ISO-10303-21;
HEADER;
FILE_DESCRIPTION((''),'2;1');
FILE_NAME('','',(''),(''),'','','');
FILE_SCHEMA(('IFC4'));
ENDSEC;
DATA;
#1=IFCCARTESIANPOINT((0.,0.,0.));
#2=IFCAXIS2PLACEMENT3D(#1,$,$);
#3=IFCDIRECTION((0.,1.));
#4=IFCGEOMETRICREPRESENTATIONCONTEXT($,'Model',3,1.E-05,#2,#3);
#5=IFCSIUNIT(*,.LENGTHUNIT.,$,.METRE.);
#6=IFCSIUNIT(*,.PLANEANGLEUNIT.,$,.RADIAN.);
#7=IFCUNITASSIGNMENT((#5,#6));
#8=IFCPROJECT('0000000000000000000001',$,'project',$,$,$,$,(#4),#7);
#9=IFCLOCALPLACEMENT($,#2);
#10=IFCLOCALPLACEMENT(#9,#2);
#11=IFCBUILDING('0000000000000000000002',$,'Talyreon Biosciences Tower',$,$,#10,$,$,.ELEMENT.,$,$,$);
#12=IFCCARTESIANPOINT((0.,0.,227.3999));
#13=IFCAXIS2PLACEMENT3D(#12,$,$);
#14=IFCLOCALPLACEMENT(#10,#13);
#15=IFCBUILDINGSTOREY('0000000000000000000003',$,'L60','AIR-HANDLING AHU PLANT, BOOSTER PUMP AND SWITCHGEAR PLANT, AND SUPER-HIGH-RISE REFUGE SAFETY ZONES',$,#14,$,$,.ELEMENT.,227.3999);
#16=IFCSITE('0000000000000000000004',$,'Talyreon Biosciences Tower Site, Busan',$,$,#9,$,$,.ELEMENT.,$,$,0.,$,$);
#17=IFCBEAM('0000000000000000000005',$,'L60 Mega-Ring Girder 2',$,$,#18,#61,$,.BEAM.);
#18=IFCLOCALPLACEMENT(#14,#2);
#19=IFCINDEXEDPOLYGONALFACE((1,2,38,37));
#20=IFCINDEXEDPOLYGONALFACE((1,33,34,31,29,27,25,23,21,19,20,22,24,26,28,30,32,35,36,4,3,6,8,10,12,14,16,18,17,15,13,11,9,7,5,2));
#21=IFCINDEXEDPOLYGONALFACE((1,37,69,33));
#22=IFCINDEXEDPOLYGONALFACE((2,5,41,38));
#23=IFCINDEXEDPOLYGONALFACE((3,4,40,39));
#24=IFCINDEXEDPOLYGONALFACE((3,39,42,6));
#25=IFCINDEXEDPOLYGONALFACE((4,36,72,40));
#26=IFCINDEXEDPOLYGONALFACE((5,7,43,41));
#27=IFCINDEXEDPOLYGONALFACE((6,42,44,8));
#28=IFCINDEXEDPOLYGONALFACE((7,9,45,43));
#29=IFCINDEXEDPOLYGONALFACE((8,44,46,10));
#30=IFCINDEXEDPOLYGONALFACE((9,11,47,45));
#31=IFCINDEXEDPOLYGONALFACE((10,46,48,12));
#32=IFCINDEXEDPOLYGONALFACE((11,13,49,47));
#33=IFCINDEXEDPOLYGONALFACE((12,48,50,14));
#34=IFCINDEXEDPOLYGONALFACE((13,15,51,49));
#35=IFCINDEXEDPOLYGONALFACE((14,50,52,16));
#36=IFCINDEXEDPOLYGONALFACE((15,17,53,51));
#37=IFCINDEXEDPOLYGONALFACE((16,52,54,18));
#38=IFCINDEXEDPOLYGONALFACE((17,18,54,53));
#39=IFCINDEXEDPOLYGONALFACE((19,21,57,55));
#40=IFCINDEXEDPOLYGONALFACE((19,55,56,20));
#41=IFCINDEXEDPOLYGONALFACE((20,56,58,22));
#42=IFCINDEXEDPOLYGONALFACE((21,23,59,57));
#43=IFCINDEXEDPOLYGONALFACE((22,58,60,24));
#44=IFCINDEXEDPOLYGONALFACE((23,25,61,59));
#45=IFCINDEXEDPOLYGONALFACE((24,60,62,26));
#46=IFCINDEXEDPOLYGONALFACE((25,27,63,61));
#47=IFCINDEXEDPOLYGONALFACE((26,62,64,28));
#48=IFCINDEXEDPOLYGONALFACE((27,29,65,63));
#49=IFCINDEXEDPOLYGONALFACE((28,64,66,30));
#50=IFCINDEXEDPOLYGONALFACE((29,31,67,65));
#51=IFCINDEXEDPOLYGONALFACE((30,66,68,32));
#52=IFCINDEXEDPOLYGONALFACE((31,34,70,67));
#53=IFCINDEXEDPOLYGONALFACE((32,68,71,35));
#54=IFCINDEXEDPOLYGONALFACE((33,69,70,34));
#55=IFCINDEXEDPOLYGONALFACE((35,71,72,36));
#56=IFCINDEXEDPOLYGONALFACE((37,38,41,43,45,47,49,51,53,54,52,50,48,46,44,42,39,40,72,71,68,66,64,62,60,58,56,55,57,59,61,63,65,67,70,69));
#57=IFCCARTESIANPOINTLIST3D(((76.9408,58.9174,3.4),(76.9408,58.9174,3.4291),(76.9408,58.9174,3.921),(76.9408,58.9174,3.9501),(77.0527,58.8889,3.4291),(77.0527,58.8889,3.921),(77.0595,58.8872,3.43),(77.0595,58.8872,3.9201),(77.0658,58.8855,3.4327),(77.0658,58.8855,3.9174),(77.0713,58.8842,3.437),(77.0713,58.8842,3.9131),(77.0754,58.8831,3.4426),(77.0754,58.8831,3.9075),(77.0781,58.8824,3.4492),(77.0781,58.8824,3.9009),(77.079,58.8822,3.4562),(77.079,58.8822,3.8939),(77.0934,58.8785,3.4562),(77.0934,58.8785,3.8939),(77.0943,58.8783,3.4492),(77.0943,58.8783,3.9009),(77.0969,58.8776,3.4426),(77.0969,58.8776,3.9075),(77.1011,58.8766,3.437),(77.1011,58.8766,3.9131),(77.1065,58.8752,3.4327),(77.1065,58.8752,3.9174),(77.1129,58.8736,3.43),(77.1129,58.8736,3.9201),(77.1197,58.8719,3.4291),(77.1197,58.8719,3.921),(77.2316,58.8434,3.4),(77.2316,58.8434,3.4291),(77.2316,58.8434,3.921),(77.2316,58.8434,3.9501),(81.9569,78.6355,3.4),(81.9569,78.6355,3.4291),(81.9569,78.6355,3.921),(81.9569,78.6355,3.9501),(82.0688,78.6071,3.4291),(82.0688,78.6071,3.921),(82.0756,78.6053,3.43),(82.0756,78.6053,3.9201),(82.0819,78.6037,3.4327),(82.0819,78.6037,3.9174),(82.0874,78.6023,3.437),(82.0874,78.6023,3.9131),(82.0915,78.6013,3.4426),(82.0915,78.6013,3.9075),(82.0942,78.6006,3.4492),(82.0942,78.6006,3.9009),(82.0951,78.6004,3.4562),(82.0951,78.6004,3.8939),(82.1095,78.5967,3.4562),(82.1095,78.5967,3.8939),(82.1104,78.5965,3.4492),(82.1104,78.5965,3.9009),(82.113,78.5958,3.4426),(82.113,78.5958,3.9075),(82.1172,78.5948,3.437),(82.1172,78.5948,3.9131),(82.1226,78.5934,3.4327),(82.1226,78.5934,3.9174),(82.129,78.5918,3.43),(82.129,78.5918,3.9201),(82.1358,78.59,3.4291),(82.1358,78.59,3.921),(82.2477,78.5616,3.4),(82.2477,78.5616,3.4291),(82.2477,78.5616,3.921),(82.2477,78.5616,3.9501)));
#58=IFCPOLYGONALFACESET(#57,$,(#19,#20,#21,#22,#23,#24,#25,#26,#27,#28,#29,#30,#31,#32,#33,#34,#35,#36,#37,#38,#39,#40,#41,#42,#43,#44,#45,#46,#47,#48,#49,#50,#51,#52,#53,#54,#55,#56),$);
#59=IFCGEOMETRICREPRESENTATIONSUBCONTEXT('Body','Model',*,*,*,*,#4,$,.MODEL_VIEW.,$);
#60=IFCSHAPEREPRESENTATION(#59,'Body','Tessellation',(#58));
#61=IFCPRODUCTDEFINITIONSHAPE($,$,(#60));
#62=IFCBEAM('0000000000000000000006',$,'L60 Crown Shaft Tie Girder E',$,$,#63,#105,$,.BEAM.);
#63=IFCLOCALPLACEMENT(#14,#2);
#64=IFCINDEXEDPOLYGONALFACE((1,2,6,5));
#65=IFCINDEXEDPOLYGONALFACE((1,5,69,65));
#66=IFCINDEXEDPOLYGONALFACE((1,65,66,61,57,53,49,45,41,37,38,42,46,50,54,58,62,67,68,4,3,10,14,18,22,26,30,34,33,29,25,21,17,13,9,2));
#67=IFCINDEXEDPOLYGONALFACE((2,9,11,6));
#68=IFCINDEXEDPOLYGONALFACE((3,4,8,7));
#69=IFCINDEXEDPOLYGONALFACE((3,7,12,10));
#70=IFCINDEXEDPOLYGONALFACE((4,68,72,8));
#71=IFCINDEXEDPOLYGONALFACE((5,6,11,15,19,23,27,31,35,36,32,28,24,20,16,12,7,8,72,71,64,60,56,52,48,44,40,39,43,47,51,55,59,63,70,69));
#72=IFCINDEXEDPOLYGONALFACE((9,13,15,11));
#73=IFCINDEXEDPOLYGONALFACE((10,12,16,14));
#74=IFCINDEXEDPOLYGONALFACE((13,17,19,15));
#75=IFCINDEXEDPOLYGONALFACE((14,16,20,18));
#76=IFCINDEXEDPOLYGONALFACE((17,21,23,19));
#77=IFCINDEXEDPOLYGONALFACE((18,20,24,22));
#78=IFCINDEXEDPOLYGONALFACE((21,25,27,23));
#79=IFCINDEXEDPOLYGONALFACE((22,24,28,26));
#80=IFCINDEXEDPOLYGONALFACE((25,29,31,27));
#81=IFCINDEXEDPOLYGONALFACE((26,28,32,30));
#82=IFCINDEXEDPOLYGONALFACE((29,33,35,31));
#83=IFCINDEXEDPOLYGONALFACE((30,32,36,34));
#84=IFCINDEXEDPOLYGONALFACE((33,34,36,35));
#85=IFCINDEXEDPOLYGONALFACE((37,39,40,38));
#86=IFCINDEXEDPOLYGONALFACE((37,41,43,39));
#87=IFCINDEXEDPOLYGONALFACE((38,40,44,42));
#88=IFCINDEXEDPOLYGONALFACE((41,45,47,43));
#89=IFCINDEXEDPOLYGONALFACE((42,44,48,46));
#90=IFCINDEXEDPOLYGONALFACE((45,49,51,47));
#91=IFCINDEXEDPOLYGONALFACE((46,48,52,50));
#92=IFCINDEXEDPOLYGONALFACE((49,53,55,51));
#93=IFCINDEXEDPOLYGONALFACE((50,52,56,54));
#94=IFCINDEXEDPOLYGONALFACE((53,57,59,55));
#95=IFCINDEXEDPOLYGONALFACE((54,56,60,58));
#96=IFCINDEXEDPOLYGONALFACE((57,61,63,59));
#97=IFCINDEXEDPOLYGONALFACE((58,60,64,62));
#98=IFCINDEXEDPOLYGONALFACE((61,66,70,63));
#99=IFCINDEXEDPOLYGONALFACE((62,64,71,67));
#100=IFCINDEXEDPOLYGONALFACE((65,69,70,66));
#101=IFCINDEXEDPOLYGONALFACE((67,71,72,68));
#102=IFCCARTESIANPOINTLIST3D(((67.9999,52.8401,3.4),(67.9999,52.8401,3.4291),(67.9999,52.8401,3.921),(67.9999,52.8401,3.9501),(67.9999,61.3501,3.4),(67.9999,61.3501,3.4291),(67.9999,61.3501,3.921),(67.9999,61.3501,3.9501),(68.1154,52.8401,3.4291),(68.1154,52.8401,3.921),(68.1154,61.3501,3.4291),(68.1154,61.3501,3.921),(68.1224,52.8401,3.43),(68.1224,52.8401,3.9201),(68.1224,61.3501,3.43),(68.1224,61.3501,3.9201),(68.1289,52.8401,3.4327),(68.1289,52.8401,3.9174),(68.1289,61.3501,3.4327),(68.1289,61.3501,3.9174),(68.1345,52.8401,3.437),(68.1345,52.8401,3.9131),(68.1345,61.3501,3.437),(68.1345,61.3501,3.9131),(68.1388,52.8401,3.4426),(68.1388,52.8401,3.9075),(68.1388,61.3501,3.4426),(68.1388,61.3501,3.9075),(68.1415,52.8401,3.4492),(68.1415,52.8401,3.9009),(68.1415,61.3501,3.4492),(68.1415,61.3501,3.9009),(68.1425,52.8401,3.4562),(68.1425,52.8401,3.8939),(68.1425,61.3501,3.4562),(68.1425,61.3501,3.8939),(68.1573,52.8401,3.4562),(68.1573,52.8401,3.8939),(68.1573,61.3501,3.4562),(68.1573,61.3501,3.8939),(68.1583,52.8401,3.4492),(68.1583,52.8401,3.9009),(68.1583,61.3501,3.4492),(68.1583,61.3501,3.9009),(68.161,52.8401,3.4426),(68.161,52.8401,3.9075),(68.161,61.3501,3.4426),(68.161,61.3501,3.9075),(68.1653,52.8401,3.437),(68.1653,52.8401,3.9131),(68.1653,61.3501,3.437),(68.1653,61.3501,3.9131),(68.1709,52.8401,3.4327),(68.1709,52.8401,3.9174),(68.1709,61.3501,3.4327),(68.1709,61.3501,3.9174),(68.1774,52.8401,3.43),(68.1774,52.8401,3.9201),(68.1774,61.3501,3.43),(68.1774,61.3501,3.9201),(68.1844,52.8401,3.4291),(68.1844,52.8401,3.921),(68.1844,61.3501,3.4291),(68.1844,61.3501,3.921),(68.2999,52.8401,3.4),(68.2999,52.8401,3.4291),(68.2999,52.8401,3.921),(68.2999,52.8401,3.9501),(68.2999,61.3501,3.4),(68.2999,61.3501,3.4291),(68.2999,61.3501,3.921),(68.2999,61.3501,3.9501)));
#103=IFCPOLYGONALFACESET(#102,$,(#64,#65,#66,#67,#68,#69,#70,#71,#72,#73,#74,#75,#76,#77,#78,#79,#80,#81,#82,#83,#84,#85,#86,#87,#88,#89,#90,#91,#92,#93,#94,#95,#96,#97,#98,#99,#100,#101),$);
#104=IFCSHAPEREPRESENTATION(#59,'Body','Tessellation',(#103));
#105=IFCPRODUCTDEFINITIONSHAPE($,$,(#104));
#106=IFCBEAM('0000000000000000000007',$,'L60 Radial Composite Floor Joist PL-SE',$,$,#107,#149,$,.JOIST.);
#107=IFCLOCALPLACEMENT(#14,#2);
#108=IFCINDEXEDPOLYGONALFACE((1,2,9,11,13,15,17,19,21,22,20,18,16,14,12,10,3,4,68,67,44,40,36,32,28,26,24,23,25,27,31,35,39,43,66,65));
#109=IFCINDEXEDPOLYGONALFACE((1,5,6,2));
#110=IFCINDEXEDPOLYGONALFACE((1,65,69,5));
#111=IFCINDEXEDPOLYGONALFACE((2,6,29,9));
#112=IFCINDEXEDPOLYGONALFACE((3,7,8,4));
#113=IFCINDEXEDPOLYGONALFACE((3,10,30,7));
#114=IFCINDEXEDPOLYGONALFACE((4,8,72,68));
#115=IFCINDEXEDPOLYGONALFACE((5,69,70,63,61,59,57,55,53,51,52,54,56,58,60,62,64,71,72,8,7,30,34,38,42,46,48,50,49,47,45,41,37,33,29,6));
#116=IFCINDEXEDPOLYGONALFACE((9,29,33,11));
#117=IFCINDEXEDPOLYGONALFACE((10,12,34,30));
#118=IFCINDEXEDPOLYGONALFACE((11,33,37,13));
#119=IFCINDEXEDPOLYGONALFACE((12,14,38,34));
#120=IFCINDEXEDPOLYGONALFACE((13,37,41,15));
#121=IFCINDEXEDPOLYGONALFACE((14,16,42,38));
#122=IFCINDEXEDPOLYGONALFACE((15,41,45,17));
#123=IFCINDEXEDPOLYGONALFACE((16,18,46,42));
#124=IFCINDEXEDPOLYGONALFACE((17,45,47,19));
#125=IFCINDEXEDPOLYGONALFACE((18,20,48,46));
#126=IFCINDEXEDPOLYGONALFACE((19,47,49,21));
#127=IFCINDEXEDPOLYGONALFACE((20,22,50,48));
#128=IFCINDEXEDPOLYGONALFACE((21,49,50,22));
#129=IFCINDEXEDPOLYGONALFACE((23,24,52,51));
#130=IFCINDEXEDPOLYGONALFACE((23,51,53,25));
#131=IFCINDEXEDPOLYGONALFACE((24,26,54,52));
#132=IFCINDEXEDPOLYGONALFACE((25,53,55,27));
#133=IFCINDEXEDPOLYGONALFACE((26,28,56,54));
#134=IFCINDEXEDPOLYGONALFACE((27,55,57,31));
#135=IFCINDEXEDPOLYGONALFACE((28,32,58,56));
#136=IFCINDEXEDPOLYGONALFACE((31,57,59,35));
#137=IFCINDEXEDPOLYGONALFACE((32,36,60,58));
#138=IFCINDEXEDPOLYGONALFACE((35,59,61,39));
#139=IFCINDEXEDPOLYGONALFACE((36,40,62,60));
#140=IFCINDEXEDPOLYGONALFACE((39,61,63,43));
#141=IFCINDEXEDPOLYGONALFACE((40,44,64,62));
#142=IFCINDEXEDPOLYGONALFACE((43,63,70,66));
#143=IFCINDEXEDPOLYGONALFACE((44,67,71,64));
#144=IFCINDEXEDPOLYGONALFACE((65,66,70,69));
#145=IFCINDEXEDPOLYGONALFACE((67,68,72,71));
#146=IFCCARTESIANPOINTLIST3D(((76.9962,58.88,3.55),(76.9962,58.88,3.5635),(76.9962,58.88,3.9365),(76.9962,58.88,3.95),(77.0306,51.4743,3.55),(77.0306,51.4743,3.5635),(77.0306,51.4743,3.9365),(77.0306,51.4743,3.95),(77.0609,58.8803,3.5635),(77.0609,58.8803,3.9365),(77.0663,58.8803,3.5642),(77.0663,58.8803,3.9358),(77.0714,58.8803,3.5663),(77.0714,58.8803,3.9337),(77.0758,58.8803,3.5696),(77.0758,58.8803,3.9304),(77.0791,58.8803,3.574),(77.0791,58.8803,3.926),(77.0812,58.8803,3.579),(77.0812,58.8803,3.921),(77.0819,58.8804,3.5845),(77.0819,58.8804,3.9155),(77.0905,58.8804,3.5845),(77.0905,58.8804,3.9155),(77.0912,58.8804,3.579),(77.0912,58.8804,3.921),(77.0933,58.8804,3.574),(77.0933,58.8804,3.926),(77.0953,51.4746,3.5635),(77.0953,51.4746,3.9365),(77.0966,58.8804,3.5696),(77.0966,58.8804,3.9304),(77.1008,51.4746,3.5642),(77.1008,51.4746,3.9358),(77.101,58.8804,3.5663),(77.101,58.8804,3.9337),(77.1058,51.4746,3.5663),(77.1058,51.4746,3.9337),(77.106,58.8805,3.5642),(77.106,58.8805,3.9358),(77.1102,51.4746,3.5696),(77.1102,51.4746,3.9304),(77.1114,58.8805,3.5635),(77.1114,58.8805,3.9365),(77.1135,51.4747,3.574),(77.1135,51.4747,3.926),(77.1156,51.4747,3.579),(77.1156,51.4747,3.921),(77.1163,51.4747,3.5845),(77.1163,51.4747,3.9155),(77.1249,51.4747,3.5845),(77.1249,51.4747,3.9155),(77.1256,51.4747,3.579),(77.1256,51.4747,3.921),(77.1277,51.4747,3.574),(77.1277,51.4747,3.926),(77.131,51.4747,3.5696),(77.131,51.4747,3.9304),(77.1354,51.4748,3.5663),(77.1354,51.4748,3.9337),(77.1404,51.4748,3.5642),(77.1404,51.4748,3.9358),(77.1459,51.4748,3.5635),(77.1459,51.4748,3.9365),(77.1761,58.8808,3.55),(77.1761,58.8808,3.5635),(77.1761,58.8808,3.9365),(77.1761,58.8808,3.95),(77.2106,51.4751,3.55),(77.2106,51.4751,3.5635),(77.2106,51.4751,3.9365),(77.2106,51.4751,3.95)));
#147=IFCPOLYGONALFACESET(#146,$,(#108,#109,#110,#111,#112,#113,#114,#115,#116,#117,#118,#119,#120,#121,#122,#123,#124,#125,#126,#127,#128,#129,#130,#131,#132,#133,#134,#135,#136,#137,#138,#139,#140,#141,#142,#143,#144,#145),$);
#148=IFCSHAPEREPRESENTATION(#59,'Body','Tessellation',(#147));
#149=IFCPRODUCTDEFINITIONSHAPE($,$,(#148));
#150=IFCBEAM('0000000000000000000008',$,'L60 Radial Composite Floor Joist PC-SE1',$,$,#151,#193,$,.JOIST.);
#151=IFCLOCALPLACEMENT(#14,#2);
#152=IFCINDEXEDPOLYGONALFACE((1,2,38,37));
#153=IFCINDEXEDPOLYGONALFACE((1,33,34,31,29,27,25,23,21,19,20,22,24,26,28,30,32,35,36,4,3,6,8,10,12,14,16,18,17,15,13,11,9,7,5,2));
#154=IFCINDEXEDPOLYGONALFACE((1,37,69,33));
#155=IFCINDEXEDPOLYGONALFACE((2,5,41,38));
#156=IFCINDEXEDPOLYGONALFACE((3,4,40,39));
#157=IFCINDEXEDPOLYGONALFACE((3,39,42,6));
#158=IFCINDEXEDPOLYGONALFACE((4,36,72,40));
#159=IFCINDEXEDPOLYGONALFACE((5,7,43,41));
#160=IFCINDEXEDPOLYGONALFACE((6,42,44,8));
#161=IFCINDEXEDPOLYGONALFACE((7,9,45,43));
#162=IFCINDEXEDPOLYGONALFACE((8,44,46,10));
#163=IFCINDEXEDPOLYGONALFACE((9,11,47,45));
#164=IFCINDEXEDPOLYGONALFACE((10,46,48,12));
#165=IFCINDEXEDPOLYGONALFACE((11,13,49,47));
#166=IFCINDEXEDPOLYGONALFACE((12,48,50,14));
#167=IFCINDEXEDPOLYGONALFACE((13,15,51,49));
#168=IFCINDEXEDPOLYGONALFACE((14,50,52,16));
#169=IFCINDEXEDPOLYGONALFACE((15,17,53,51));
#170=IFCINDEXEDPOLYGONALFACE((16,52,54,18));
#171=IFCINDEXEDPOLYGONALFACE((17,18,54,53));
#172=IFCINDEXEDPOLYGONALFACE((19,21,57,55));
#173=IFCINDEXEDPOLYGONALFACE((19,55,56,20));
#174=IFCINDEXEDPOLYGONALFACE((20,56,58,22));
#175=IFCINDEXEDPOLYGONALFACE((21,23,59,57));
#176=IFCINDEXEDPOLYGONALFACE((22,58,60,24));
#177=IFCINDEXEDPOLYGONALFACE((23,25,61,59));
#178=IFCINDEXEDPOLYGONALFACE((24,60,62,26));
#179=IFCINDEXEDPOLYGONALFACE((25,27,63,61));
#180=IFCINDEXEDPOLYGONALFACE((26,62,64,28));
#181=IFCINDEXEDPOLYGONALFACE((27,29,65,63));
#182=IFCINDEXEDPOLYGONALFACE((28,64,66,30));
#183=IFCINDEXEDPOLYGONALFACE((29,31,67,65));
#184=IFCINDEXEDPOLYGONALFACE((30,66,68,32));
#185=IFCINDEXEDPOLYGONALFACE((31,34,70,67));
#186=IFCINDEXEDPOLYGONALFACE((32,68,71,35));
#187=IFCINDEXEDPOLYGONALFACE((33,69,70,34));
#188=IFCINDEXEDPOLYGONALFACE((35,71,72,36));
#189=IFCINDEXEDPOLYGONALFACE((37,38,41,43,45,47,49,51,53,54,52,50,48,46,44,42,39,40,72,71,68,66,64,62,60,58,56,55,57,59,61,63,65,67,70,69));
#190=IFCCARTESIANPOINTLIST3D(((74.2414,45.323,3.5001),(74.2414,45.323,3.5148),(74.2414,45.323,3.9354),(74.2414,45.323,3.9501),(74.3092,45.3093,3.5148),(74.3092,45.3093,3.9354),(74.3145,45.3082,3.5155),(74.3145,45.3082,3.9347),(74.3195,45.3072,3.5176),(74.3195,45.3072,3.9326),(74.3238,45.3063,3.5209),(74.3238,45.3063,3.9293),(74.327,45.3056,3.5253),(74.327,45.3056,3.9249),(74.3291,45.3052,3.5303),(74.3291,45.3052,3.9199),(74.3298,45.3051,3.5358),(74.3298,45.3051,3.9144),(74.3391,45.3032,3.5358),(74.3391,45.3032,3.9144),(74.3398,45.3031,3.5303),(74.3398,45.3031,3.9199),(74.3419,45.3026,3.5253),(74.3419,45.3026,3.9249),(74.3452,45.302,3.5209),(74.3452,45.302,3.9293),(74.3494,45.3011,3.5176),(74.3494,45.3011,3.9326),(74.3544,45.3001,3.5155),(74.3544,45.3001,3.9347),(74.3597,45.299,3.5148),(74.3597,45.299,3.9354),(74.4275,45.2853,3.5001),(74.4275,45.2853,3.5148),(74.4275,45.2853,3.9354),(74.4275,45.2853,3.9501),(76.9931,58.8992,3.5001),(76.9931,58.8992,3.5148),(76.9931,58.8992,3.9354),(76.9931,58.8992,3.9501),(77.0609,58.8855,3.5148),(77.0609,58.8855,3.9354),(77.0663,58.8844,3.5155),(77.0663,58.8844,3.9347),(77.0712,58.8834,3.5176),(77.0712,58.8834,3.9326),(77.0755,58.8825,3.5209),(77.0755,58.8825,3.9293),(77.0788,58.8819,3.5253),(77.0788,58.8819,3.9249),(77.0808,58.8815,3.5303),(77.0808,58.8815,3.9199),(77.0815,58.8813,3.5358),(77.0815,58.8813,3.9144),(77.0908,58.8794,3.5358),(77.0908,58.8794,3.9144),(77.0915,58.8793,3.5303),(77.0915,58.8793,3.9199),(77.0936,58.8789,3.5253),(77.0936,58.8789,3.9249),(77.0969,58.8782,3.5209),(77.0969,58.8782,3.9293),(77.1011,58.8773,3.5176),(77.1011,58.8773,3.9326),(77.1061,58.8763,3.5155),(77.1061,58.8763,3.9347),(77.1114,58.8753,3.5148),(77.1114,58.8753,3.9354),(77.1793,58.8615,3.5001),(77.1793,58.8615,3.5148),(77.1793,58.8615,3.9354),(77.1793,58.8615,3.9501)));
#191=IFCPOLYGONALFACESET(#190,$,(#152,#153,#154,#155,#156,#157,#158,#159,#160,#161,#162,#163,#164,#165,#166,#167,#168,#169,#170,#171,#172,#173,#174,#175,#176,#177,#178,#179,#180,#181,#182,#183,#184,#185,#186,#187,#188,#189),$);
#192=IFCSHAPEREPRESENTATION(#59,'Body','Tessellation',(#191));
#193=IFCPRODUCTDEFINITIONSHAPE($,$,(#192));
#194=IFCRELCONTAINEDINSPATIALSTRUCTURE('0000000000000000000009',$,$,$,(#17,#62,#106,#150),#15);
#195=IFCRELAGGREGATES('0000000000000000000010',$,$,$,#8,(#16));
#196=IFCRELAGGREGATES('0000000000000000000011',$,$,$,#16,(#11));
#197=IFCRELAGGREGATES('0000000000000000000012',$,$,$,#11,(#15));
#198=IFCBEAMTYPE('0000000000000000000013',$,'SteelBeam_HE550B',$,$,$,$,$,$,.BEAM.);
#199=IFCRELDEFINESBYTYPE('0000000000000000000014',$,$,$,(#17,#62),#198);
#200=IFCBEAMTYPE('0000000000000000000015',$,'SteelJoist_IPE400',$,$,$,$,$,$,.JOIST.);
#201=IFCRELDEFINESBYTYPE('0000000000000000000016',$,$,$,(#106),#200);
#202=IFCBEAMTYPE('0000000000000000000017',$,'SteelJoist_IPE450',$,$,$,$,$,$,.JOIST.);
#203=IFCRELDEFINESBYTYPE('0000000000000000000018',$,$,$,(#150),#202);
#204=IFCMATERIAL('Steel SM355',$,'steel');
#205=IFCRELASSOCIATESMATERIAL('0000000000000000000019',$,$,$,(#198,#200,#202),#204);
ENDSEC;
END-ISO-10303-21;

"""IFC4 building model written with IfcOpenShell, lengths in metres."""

from ifc_helpers import new_model, si_unit, direction, frame, origin, origin_2d, place, context, subcontext, project, spatial, i_section, extrude, material, material_profile, profile_set, type_object, element, save


model = new_model("IFC4")

# Units and contexts
model_context = context("Model", 3, precision=1e-05, world=origin(), true_north=direction((0.0, 1.0)))
body_context = subcontext(model_context, "Body", "Model", "MODEL_VIEW")
ifc_project = project(units=[si_unit("LENGTHUNIT", "METRE"), si_unit("PLANEANGLEUNIT", "RADIAN")], contexts=[model_context])

# Site, building, storey
site_placement = place(None, origin())
site = spatial("IfcSite", under=ifc_project, at=site_placement, Name="Talyreon Biosciences Tower Site, Busan", CompositionType="ELEMENT", RefElevation=0.0)
building_placement = place(site_placement, origin())
building = spatial("IfcBuilding", under=site, at=building_placement, Name="Talyreon Biosciences Tower", CompositionType="ELEMENT")
storey_placement = place(building_placement, frame((0.0, 0.0, 227.3999)))
storey = spatial("IfcBuildingStorey", under=building, at=storey_placement, Name="L60", Description="AIR-HANDLING AHU PLANT, BOOSTER PUMP AND SWITCHGEAR PLANT, AND SUPER-HIGH-RISE REFUGE SAFETY ZONES", CompositionType="ELEMENT", Elevation=227.3999)

# Shared definitions
ifc_material_1 = material(Name="Steel SM355", Category="steel")

# Beams
ifc_material_profile_1 = material_profile(ifc_material_1, i_section(OverallWidth=0.3, OverallDepth=0.55, WebThickness=0.0149, FlangeThickness=0.0291, FilletRadius=0.0271, at=origin_2d()), Name="HE550B")
ifc_profile_set_1 = profile_set([ifc_material_profile_1], Name="Steel SM355")
beam_type_1 = type_object("IfcBeamType", Name="SteelBeam_HE550B", PredefinedType="BEAM", material=ifc_profile_set_1)
beam_1_placement = place(storey_placement, frame((77.0862, 58.8804, 3.675), z_axis=(0.246537, 0.969133, 0.0), x_axis=(-0.969133, 0.246537, 0.0)))
element("IfcBeam", 1, at=beam_1_placement, inside=storey, type_object=beam_type_1, Name="L60 Mega-Ring Girder 2", PredefinedType="BEAM", context=body_context, shape_type="SweptSolid", body=[
    extrude(i_section(OverallWidth=0.3, OverallDepth=0.55, WebThickness=0.0149, FlangeThickness=0.0291, FilletRadius=0.0271, at=origin_2d()), origin(), (0.0, 0.0, 1.0), 20.3462),
])
beam_2_placement = place(storey_placement, frame((68.1499, 52.8401, 3.675), z_axis=(0.0, 1.0, 0.0), x_axis=(-1.0, 0.0, 0.0)))
element("IfcBeam", 2, at=beam_2_placement, inside=storey, type_object=beam_type_1, Name="L60 Crown Shaft Tie Girder E", PredefinedType="BEAM", context=body_context, shape_type="SweptSolid", body=[
    extrude(i_section(OverallWidth=0.3, OverallDepth=0.55, WebThickness=0.0149, FlangeThickness=0.0291, FilletRadius=0.0271, at=origin_2d()), origin(), (0.0, 0.0, 1.0), 8.51),
])
ifc_material_profile_2 = material_profile(ifc_material_1, i_section(OverallWidth=0.1799, OverallDepth=0.3999, WebThickness=0.0085, FlangeThickness=0.0134, FilletRadius=0.021, at=origin_2d()), Name="IPE400")
ifc_profile_set_2 = profile_set([ifc_material_profile_2], Name="Steel SM355")
beam_type_2 = type_object("IfcBeamType", Name="SteelJoist_IPE400", PredefinedType="JOIST", material=ifc_profile_set_2)
beam_3_placement = place(storey_placement, frame((77.0862, 58.8804, 3.75), z_axis=(0.004648, -0.999989, 0.0), x_axis=(0.999989, 0.004648, 0.0)))
element("IfcBeam", 3, at=beam_3_placement, inside=storey, type_object=beam_type_2, Name="L60 Radial Composite Floor Joist PL-SE", PredefinedType="JOIST", context=body_context, shape_type="SweptSolid", body=[
    extrude(i_section(OverallWidth=0.1799, OverallDepth=0.3999, WebThickness=0.0085, FlangeThickness=0.0134, FilletRadius=0.021, at=origin_2d()), origin(), (0.0, 0.0, 1.0), 7.4058),
])
ifc_material_profile_3 = material_profile(ifc_material_1, i_section(OverallWidth=0.1899, OverallDepth=0.45, WebThickness=0.0095, FlangeThickness=0.0146, FilletRadius=0.021, at=origin_2d()), Name="IPE450")
ifc_profile_set_3 = profile_set([ifc_material_profile_3], Name="Steel SM355")
beam_type_3 = type_object("IfcBeamType", Name="SteelJoist_IPE450", PredefinedType="JOIST", material=ifc_profile_set_3)
beam_4_placement = place(storey_placement, frame((77.0862, 58.8804, 3.7251), z_axis=(-0.198647, -0.980071, 0.0), x_axis=(0.980071, -0.198647, 0.0)))
element("IfcBeam", 4, at=beam_4_placement, inside=storey, type_object=beam_type_3, Name="L60 Radial Composite Floor Joist PC-SE1", PredefinedType="JOIST", context=body_context, shape_type="SweptSolid", body=[
    extrude(i_section(OverallWidth=0.1899, OverallDepth=0.45, WebThickness=0.0095, FlangeThickness=0.0146, FilletRadius=0.021, at=origin_2d()), origin(), (0.0, 0.0, 1.0), 13.8523),
])

save(model, "model.ifc")
